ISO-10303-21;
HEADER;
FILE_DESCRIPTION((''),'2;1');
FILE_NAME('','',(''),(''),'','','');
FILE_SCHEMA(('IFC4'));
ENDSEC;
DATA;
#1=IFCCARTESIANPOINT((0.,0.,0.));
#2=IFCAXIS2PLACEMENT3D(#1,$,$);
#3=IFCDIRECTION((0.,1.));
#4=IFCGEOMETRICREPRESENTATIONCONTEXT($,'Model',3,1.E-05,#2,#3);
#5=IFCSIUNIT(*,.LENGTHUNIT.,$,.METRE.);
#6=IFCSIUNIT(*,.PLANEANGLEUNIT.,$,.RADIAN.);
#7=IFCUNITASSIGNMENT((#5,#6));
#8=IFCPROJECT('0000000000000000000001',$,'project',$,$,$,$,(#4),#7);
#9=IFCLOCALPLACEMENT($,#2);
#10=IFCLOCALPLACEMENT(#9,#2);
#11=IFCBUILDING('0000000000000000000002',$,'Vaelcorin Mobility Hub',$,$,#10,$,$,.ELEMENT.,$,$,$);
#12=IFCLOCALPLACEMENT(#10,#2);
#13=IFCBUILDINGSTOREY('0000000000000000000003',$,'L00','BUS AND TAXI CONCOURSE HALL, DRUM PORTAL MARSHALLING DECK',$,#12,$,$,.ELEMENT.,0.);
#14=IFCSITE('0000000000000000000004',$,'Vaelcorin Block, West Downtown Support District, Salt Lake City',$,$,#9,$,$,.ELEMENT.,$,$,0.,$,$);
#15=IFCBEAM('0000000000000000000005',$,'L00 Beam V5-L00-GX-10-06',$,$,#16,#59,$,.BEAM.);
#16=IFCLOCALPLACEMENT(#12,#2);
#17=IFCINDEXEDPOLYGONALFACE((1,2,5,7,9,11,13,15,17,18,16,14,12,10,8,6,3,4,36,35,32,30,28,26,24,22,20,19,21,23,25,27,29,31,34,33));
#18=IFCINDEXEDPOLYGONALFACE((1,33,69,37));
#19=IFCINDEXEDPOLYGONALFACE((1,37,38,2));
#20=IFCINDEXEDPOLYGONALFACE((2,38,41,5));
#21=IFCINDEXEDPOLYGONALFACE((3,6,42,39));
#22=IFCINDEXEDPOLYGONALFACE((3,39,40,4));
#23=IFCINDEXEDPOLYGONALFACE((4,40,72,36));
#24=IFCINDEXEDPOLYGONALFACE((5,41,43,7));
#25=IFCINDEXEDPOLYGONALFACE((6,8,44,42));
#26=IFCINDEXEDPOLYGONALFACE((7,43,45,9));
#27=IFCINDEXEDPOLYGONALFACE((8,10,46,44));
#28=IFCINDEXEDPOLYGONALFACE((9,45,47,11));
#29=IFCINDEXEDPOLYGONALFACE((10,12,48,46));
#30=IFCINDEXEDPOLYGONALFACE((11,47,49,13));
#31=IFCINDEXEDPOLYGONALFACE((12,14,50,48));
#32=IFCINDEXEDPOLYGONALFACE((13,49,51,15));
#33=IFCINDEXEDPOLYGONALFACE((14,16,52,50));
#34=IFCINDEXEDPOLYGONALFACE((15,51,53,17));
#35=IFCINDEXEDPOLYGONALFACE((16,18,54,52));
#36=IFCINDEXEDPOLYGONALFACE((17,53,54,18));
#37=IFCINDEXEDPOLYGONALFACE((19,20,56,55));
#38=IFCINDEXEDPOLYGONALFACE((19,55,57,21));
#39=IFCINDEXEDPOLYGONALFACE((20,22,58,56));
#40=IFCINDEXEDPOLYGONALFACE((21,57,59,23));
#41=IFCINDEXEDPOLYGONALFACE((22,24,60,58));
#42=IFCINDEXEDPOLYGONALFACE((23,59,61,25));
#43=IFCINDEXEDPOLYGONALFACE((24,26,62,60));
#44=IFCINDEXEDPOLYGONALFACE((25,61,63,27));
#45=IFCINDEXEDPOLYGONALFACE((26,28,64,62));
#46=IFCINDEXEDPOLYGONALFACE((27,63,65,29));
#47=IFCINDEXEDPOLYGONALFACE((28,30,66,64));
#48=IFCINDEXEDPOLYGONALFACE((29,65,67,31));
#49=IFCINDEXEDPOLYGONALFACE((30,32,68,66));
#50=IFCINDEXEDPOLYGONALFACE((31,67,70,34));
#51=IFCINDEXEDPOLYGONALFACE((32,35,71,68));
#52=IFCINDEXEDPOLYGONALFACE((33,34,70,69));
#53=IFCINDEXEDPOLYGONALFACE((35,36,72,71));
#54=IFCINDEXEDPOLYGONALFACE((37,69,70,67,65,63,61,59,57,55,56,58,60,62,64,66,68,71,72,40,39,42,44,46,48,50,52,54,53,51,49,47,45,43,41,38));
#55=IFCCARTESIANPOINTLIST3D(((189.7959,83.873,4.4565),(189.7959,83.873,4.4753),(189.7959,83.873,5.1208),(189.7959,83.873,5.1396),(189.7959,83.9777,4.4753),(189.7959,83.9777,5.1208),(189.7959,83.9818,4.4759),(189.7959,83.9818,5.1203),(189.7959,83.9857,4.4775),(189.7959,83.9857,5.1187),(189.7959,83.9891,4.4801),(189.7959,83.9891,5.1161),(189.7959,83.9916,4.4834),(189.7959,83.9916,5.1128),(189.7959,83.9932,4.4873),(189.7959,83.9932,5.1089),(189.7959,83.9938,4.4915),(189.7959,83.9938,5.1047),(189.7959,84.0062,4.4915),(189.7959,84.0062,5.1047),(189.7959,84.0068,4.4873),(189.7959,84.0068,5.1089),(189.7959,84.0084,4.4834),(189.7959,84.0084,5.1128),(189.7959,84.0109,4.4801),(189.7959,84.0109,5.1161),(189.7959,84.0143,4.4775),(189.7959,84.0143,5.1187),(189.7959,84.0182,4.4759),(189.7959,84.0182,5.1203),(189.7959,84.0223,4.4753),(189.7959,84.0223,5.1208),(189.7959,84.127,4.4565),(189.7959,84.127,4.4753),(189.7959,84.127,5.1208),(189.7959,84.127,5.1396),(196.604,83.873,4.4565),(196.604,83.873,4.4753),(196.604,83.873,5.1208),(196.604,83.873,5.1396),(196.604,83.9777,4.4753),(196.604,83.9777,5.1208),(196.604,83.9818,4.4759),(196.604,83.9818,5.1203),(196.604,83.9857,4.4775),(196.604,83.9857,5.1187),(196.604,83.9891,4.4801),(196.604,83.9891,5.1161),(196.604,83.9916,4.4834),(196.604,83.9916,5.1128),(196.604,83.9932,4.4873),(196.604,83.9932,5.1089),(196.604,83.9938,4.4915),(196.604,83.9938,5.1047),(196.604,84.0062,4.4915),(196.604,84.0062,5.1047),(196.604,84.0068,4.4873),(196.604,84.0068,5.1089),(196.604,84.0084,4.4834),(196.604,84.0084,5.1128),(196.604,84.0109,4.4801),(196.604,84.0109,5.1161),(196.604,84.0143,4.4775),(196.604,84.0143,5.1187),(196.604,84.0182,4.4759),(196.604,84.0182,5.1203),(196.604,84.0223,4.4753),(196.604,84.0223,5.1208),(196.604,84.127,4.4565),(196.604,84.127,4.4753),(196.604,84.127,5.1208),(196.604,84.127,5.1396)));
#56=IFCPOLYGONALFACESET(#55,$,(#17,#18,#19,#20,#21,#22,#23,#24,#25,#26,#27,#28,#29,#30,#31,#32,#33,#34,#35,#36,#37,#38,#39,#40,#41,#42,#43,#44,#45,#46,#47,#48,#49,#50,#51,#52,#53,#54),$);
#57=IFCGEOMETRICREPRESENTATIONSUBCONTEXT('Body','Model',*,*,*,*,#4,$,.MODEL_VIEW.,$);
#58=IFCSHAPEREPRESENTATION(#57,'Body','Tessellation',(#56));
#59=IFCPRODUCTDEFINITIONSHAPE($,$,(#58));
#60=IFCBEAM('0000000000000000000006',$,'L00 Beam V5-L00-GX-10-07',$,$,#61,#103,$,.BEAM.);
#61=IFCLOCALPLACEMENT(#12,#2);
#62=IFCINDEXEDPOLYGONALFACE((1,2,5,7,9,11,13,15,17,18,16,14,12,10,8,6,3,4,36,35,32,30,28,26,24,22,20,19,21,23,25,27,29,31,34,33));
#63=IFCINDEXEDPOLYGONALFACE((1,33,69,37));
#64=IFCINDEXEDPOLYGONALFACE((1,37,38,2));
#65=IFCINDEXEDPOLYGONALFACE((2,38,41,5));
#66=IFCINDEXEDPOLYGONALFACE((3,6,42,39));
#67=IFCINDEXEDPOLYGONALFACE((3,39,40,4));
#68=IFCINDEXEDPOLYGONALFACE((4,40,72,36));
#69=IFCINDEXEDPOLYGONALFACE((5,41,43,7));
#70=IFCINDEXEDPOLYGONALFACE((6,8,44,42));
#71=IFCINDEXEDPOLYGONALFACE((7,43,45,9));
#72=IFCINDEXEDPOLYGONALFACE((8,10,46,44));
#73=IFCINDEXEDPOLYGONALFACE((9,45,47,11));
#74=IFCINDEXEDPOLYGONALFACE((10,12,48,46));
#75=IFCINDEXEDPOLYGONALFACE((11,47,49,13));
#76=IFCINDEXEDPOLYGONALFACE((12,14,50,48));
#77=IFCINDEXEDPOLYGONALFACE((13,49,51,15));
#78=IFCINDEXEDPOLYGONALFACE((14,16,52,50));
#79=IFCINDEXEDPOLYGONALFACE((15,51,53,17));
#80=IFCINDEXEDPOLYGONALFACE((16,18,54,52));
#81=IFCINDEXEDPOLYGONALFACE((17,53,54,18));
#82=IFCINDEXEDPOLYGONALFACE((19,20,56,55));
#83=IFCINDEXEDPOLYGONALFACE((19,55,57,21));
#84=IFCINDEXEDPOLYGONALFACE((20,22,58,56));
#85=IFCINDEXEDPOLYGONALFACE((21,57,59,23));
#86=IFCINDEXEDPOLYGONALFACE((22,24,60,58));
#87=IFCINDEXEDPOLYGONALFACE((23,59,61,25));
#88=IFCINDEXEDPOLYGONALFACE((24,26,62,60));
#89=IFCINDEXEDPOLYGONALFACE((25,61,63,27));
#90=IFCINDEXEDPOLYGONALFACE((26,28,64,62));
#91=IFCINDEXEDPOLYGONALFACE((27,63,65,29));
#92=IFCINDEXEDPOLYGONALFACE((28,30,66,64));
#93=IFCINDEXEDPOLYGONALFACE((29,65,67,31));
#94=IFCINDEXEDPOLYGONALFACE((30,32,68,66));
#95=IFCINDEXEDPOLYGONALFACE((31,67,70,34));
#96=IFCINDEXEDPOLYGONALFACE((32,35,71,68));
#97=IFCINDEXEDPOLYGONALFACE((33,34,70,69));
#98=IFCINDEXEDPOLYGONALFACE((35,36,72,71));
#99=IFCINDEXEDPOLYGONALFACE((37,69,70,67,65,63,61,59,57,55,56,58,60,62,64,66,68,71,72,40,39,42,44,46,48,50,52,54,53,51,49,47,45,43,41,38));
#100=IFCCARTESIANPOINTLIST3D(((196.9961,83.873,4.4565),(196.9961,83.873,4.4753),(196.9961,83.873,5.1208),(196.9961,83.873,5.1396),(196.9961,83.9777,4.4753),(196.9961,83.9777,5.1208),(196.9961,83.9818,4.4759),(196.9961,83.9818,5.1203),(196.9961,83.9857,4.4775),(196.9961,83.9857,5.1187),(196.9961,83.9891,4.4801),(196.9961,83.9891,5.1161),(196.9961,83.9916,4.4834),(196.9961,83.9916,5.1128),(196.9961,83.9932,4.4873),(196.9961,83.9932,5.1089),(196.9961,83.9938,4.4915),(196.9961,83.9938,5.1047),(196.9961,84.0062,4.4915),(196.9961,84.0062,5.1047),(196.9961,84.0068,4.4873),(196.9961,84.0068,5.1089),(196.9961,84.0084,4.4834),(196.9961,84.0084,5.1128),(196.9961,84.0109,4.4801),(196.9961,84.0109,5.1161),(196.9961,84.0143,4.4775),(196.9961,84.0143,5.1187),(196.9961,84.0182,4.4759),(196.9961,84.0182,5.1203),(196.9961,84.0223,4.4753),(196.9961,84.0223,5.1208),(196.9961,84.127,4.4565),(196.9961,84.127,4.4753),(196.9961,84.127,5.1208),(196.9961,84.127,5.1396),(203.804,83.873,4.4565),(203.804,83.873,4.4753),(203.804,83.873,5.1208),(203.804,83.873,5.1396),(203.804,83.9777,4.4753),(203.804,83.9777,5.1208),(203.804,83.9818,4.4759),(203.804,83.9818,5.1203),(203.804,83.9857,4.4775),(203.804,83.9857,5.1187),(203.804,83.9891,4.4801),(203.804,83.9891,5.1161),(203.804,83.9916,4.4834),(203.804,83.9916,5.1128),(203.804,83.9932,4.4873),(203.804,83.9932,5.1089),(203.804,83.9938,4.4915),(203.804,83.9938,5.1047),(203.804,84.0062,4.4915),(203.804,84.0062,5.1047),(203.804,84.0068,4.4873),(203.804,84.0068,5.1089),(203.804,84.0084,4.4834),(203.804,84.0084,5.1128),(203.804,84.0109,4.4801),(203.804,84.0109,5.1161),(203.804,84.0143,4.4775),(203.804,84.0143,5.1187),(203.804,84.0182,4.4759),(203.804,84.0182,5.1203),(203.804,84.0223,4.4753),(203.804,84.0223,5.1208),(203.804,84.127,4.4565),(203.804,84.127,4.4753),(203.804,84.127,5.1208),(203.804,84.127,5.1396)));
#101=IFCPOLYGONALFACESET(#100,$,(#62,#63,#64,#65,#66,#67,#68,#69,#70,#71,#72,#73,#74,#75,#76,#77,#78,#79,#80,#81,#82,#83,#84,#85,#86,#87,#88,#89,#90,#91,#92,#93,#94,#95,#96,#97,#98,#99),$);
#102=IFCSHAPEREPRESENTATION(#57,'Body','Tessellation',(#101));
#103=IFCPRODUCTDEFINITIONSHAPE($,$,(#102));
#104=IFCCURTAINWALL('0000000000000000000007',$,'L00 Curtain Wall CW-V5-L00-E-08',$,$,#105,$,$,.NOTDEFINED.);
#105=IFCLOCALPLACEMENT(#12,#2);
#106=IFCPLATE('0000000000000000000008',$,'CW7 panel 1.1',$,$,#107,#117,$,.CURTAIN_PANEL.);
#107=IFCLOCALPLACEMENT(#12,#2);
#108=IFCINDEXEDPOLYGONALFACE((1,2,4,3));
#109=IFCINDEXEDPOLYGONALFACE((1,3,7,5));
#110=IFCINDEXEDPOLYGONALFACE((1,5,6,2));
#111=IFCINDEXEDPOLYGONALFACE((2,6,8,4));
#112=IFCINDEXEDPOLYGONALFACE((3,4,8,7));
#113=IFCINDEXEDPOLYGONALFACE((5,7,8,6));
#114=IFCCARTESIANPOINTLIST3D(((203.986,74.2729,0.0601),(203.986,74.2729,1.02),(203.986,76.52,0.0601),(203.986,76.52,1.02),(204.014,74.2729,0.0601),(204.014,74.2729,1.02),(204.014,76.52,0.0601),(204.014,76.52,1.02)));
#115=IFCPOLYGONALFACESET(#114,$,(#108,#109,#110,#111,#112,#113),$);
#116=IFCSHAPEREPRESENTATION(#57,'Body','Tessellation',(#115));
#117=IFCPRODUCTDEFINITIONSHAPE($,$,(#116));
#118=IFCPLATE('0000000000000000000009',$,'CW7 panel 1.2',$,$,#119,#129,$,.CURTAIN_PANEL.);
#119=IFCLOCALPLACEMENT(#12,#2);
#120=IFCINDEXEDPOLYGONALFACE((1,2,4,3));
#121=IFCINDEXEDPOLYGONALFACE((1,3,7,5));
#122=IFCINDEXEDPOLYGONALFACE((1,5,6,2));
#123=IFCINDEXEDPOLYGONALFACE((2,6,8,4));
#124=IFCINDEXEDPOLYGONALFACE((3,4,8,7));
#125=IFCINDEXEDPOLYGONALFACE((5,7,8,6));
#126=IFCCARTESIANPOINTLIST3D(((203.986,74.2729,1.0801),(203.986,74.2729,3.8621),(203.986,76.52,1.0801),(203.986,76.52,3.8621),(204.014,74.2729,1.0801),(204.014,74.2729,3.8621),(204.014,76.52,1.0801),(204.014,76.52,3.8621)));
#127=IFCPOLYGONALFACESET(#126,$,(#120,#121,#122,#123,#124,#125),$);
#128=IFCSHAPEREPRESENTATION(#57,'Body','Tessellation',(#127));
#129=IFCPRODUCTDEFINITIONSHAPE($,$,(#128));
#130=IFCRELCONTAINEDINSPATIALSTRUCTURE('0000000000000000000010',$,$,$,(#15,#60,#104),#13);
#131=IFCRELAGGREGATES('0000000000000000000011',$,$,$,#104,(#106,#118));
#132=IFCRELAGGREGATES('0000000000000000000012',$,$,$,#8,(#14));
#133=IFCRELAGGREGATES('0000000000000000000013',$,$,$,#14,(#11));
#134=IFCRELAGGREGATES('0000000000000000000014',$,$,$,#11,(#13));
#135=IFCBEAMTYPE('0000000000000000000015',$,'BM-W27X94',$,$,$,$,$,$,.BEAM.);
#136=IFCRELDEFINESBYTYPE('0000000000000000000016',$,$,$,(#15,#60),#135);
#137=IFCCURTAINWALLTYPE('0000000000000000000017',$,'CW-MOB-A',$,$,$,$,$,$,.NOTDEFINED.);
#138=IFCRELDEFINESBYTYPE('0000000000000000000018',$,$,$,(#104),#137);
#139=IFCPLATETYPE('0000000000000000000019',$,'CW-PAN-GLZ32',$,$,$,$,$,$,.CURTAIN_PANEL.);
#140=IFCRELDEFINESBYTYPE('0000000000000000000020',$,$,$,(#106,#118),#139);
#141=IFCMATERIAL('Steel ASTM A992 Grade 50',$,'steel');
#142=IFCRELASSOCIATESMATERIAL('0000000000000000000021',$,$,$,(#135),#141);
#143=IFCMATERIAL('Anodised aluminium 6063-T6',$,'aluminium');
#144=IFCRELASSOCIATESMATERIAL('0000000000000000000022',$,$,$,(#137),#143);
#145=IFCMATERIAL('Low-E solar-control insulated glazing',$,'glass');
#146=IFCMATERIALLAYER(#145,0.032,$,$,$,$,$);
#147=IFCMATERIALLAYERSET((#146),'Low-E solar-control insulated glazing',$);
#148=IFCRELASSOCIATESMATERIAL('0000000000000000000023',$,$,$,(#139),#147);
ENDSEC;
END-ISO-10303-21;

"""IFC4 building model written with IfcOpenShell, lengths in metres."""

from ifc_helpers import new_model, si_unit, direction, frame, origin, origin_2d, place, context, subcontext, project, spatial, rectangle, i_section, extrude, material, layer, layer_set, material_profile, profile_set, type_object, element, aggregate, save


model = new_model("IFC4")

# Units and contexts
model_context = context("Model", 3, precision=1e-05, world=origin(), true_north=direction((0.0, 1.0)))
body_context = subcontext(model_context, "Body", "Model", "MODEL_VIEW")
ifc_project = project(units=[si_unit("LENGTHUNIT", "METRE"), si_unit("PLANEANGLEUNIT", "RADIAN")], contexts=[model_context])

# Site, building, storey
site_placement = place(None, origin())
site = spatial("IfcSite", under=ifc_project, at=site_placement, Name="Vaelcorin Block, West Downtown Support District, Salt Lake City", CompositionType="ELEMENT", RefElevation=0.0)
building_placement = place(site_placement, origin())
building = spatial("IfcBuilding", under=site, at=building_placement, Name="Vaelcorin Mobility Hub", CompositionType="ELEMENT")
storey_placement = place(building_placement, origin())
storey = spatial("IfcBuildingStorey", under=building, at=storey_placement, Name="L00", Description="BUS AND TAXI CONCOURSE HALL, DRUM PORTAL MARSHALLING DECK", CompositionType="ELEMENT", Elevation=0.0)

# Shared definitions
ifc_material_1 = material(Name="Steel ASTM A992 Grade 50", Category="steel")

# Beams
ifc_material_profile_1 = material_profile(ifc_material_1, i_section(OverallWidth=0.2539, OverallDepth=0.6831, WebThickness=0.0125, FlangeThickness=0.0188, FilletRadius=0.0161, at=origin_2d()), Name="W27X94")
ifc_profile_set_1 = profile_set([ifc_material_profile_1], Name="Steel ASTM A992 Grade 50")
beam_type_1 = type_object("IfcBeamType", Name="BM-W27X94", PredefinedType="BEAM", material=ifc_profile_set_1)
for number, where, z_axis, x_axis, name in (
    (1, (189.7959, 84.0, 4.7981), (1.0, 0.0, 0.0), (0.0, 1.0, 0.0), "L00 Beam V5-L00-GX-10-06"),
):
    element("IfcBeam", number, at=place(storey_placement, frame(where, z_axis=z_axis, x_axis=x_axis)), inside=storey, type_object=beam_type_1, Name=name, PredefinedType="BEAM", context=body_context, shape_type="SweptSolid", body=[
        extrude(i_section(OverallWidth=0.2539, OverallDepth=0.6831, WebThickness=0.0125, FlangeThickness=0.0188, FilletRadius=0.0161, at=origin_2d()), origin(), (0.0, 0.0, 1.0), 6.8081),
    ])
beam_1_placement = place(storey_placement, frame((196.9961, 84.0, 4.7981), z_axis=(1.0, 0.0, 0.0), x_axis=(0.0, 1.0, 0.0)))
element("IfcBeam", 2, at=beam_1_placement, inside=storey, type_object=beam_type_1, Name="L00 Beam V5-L00-GX-10-07", PredefinedType="BEAM", context=body_context, shape_type="SweptSolid", body=[
    extrude(i_section(OverallWidth=0.2539, OverallDepth=0.6831, WebThickness=0.0125, FlangeThickness=0.0188, FilletRadius=0.0161, at=origin_2d()), origin(), (0.0, 0.0, 1.0), 6.8079),
])

# Curtain wall, plates
ifc_material_2 = material(Name="Anodised aluminium 6063-T6", Category="aluminium")
curtain_wall_type = type_object("IfcCurtainWallType", Name="CW-MOB-A", PredefinedType="NOTDEFINED", material=ifc_material_2)
curtain_wall_placement = place(storey_placement, origin())
curtain_wall = element("IfcCurtainWall", 3, at=curtain_wall_placement, inside=storey, type_object=curtain_wall_type, Name="L00 Curtain Wall CW-V5-L00-E-08", PredefinedType="NOTDEFINED")
ifc_material_3 = material(Name="Low-E solar-control insulated glazing", Category="glass")
ifc_layer = layer(ifc_material_3, 0.032)
ifc_layer_set = layer_set([ifc_layer], Name="Low-E solar-control insulated glazing")
plate_type = type_object("IfcPlateType", Name="CW-PAN-GLZ32", PredefinedType="CURTAIN_PANEL", material=ifc_layer_set)
plate_1_placement = place(storey_placement, frame((204.0, 75.3965, 0.0601), z_axis=(0.0, 0.0, 1.0), x_axis=(0.0, -1.0, 0.0)))
plate_1 = element("IfcPlate", 4, at=plate_1_placement, type_object=plate_type, Name="CW7 panel 1.1", PredefinedType="CURTAIN_PANEL", context=body_context, shape_type="SweptSolid", body=[
    extrude(rectangle(XDim=2.2471, YDim=0.0281, at=origin_2d()), origin(), (0.0, 0.0, 1.0), 0.96),
])
plate_2_placement = place(storey_placement, frame((204.0, 75.3965, 1.0801), z_axis=(0.0, 0.0, 1.0), x_axis=(0.0, -1.0, 0.0)))
plate_2 = element("IfcPlate", 5, at=plate_2_placement, type_object=plate_type, Name="CW7 panel 1.2", PredefinedType="CURTAIN_PANEL", context=body_context, shape_type="SweptSolid", body=[
    extrude(rectangle(XDim=2.2471, YDim=0.0281, at=origin_2d()), origin(), (0.0, 0.0, 1.0), 2.782),
])
aggregate(curtain_wall, [plate_1, plate_2])

save(model, "model.ifc")
